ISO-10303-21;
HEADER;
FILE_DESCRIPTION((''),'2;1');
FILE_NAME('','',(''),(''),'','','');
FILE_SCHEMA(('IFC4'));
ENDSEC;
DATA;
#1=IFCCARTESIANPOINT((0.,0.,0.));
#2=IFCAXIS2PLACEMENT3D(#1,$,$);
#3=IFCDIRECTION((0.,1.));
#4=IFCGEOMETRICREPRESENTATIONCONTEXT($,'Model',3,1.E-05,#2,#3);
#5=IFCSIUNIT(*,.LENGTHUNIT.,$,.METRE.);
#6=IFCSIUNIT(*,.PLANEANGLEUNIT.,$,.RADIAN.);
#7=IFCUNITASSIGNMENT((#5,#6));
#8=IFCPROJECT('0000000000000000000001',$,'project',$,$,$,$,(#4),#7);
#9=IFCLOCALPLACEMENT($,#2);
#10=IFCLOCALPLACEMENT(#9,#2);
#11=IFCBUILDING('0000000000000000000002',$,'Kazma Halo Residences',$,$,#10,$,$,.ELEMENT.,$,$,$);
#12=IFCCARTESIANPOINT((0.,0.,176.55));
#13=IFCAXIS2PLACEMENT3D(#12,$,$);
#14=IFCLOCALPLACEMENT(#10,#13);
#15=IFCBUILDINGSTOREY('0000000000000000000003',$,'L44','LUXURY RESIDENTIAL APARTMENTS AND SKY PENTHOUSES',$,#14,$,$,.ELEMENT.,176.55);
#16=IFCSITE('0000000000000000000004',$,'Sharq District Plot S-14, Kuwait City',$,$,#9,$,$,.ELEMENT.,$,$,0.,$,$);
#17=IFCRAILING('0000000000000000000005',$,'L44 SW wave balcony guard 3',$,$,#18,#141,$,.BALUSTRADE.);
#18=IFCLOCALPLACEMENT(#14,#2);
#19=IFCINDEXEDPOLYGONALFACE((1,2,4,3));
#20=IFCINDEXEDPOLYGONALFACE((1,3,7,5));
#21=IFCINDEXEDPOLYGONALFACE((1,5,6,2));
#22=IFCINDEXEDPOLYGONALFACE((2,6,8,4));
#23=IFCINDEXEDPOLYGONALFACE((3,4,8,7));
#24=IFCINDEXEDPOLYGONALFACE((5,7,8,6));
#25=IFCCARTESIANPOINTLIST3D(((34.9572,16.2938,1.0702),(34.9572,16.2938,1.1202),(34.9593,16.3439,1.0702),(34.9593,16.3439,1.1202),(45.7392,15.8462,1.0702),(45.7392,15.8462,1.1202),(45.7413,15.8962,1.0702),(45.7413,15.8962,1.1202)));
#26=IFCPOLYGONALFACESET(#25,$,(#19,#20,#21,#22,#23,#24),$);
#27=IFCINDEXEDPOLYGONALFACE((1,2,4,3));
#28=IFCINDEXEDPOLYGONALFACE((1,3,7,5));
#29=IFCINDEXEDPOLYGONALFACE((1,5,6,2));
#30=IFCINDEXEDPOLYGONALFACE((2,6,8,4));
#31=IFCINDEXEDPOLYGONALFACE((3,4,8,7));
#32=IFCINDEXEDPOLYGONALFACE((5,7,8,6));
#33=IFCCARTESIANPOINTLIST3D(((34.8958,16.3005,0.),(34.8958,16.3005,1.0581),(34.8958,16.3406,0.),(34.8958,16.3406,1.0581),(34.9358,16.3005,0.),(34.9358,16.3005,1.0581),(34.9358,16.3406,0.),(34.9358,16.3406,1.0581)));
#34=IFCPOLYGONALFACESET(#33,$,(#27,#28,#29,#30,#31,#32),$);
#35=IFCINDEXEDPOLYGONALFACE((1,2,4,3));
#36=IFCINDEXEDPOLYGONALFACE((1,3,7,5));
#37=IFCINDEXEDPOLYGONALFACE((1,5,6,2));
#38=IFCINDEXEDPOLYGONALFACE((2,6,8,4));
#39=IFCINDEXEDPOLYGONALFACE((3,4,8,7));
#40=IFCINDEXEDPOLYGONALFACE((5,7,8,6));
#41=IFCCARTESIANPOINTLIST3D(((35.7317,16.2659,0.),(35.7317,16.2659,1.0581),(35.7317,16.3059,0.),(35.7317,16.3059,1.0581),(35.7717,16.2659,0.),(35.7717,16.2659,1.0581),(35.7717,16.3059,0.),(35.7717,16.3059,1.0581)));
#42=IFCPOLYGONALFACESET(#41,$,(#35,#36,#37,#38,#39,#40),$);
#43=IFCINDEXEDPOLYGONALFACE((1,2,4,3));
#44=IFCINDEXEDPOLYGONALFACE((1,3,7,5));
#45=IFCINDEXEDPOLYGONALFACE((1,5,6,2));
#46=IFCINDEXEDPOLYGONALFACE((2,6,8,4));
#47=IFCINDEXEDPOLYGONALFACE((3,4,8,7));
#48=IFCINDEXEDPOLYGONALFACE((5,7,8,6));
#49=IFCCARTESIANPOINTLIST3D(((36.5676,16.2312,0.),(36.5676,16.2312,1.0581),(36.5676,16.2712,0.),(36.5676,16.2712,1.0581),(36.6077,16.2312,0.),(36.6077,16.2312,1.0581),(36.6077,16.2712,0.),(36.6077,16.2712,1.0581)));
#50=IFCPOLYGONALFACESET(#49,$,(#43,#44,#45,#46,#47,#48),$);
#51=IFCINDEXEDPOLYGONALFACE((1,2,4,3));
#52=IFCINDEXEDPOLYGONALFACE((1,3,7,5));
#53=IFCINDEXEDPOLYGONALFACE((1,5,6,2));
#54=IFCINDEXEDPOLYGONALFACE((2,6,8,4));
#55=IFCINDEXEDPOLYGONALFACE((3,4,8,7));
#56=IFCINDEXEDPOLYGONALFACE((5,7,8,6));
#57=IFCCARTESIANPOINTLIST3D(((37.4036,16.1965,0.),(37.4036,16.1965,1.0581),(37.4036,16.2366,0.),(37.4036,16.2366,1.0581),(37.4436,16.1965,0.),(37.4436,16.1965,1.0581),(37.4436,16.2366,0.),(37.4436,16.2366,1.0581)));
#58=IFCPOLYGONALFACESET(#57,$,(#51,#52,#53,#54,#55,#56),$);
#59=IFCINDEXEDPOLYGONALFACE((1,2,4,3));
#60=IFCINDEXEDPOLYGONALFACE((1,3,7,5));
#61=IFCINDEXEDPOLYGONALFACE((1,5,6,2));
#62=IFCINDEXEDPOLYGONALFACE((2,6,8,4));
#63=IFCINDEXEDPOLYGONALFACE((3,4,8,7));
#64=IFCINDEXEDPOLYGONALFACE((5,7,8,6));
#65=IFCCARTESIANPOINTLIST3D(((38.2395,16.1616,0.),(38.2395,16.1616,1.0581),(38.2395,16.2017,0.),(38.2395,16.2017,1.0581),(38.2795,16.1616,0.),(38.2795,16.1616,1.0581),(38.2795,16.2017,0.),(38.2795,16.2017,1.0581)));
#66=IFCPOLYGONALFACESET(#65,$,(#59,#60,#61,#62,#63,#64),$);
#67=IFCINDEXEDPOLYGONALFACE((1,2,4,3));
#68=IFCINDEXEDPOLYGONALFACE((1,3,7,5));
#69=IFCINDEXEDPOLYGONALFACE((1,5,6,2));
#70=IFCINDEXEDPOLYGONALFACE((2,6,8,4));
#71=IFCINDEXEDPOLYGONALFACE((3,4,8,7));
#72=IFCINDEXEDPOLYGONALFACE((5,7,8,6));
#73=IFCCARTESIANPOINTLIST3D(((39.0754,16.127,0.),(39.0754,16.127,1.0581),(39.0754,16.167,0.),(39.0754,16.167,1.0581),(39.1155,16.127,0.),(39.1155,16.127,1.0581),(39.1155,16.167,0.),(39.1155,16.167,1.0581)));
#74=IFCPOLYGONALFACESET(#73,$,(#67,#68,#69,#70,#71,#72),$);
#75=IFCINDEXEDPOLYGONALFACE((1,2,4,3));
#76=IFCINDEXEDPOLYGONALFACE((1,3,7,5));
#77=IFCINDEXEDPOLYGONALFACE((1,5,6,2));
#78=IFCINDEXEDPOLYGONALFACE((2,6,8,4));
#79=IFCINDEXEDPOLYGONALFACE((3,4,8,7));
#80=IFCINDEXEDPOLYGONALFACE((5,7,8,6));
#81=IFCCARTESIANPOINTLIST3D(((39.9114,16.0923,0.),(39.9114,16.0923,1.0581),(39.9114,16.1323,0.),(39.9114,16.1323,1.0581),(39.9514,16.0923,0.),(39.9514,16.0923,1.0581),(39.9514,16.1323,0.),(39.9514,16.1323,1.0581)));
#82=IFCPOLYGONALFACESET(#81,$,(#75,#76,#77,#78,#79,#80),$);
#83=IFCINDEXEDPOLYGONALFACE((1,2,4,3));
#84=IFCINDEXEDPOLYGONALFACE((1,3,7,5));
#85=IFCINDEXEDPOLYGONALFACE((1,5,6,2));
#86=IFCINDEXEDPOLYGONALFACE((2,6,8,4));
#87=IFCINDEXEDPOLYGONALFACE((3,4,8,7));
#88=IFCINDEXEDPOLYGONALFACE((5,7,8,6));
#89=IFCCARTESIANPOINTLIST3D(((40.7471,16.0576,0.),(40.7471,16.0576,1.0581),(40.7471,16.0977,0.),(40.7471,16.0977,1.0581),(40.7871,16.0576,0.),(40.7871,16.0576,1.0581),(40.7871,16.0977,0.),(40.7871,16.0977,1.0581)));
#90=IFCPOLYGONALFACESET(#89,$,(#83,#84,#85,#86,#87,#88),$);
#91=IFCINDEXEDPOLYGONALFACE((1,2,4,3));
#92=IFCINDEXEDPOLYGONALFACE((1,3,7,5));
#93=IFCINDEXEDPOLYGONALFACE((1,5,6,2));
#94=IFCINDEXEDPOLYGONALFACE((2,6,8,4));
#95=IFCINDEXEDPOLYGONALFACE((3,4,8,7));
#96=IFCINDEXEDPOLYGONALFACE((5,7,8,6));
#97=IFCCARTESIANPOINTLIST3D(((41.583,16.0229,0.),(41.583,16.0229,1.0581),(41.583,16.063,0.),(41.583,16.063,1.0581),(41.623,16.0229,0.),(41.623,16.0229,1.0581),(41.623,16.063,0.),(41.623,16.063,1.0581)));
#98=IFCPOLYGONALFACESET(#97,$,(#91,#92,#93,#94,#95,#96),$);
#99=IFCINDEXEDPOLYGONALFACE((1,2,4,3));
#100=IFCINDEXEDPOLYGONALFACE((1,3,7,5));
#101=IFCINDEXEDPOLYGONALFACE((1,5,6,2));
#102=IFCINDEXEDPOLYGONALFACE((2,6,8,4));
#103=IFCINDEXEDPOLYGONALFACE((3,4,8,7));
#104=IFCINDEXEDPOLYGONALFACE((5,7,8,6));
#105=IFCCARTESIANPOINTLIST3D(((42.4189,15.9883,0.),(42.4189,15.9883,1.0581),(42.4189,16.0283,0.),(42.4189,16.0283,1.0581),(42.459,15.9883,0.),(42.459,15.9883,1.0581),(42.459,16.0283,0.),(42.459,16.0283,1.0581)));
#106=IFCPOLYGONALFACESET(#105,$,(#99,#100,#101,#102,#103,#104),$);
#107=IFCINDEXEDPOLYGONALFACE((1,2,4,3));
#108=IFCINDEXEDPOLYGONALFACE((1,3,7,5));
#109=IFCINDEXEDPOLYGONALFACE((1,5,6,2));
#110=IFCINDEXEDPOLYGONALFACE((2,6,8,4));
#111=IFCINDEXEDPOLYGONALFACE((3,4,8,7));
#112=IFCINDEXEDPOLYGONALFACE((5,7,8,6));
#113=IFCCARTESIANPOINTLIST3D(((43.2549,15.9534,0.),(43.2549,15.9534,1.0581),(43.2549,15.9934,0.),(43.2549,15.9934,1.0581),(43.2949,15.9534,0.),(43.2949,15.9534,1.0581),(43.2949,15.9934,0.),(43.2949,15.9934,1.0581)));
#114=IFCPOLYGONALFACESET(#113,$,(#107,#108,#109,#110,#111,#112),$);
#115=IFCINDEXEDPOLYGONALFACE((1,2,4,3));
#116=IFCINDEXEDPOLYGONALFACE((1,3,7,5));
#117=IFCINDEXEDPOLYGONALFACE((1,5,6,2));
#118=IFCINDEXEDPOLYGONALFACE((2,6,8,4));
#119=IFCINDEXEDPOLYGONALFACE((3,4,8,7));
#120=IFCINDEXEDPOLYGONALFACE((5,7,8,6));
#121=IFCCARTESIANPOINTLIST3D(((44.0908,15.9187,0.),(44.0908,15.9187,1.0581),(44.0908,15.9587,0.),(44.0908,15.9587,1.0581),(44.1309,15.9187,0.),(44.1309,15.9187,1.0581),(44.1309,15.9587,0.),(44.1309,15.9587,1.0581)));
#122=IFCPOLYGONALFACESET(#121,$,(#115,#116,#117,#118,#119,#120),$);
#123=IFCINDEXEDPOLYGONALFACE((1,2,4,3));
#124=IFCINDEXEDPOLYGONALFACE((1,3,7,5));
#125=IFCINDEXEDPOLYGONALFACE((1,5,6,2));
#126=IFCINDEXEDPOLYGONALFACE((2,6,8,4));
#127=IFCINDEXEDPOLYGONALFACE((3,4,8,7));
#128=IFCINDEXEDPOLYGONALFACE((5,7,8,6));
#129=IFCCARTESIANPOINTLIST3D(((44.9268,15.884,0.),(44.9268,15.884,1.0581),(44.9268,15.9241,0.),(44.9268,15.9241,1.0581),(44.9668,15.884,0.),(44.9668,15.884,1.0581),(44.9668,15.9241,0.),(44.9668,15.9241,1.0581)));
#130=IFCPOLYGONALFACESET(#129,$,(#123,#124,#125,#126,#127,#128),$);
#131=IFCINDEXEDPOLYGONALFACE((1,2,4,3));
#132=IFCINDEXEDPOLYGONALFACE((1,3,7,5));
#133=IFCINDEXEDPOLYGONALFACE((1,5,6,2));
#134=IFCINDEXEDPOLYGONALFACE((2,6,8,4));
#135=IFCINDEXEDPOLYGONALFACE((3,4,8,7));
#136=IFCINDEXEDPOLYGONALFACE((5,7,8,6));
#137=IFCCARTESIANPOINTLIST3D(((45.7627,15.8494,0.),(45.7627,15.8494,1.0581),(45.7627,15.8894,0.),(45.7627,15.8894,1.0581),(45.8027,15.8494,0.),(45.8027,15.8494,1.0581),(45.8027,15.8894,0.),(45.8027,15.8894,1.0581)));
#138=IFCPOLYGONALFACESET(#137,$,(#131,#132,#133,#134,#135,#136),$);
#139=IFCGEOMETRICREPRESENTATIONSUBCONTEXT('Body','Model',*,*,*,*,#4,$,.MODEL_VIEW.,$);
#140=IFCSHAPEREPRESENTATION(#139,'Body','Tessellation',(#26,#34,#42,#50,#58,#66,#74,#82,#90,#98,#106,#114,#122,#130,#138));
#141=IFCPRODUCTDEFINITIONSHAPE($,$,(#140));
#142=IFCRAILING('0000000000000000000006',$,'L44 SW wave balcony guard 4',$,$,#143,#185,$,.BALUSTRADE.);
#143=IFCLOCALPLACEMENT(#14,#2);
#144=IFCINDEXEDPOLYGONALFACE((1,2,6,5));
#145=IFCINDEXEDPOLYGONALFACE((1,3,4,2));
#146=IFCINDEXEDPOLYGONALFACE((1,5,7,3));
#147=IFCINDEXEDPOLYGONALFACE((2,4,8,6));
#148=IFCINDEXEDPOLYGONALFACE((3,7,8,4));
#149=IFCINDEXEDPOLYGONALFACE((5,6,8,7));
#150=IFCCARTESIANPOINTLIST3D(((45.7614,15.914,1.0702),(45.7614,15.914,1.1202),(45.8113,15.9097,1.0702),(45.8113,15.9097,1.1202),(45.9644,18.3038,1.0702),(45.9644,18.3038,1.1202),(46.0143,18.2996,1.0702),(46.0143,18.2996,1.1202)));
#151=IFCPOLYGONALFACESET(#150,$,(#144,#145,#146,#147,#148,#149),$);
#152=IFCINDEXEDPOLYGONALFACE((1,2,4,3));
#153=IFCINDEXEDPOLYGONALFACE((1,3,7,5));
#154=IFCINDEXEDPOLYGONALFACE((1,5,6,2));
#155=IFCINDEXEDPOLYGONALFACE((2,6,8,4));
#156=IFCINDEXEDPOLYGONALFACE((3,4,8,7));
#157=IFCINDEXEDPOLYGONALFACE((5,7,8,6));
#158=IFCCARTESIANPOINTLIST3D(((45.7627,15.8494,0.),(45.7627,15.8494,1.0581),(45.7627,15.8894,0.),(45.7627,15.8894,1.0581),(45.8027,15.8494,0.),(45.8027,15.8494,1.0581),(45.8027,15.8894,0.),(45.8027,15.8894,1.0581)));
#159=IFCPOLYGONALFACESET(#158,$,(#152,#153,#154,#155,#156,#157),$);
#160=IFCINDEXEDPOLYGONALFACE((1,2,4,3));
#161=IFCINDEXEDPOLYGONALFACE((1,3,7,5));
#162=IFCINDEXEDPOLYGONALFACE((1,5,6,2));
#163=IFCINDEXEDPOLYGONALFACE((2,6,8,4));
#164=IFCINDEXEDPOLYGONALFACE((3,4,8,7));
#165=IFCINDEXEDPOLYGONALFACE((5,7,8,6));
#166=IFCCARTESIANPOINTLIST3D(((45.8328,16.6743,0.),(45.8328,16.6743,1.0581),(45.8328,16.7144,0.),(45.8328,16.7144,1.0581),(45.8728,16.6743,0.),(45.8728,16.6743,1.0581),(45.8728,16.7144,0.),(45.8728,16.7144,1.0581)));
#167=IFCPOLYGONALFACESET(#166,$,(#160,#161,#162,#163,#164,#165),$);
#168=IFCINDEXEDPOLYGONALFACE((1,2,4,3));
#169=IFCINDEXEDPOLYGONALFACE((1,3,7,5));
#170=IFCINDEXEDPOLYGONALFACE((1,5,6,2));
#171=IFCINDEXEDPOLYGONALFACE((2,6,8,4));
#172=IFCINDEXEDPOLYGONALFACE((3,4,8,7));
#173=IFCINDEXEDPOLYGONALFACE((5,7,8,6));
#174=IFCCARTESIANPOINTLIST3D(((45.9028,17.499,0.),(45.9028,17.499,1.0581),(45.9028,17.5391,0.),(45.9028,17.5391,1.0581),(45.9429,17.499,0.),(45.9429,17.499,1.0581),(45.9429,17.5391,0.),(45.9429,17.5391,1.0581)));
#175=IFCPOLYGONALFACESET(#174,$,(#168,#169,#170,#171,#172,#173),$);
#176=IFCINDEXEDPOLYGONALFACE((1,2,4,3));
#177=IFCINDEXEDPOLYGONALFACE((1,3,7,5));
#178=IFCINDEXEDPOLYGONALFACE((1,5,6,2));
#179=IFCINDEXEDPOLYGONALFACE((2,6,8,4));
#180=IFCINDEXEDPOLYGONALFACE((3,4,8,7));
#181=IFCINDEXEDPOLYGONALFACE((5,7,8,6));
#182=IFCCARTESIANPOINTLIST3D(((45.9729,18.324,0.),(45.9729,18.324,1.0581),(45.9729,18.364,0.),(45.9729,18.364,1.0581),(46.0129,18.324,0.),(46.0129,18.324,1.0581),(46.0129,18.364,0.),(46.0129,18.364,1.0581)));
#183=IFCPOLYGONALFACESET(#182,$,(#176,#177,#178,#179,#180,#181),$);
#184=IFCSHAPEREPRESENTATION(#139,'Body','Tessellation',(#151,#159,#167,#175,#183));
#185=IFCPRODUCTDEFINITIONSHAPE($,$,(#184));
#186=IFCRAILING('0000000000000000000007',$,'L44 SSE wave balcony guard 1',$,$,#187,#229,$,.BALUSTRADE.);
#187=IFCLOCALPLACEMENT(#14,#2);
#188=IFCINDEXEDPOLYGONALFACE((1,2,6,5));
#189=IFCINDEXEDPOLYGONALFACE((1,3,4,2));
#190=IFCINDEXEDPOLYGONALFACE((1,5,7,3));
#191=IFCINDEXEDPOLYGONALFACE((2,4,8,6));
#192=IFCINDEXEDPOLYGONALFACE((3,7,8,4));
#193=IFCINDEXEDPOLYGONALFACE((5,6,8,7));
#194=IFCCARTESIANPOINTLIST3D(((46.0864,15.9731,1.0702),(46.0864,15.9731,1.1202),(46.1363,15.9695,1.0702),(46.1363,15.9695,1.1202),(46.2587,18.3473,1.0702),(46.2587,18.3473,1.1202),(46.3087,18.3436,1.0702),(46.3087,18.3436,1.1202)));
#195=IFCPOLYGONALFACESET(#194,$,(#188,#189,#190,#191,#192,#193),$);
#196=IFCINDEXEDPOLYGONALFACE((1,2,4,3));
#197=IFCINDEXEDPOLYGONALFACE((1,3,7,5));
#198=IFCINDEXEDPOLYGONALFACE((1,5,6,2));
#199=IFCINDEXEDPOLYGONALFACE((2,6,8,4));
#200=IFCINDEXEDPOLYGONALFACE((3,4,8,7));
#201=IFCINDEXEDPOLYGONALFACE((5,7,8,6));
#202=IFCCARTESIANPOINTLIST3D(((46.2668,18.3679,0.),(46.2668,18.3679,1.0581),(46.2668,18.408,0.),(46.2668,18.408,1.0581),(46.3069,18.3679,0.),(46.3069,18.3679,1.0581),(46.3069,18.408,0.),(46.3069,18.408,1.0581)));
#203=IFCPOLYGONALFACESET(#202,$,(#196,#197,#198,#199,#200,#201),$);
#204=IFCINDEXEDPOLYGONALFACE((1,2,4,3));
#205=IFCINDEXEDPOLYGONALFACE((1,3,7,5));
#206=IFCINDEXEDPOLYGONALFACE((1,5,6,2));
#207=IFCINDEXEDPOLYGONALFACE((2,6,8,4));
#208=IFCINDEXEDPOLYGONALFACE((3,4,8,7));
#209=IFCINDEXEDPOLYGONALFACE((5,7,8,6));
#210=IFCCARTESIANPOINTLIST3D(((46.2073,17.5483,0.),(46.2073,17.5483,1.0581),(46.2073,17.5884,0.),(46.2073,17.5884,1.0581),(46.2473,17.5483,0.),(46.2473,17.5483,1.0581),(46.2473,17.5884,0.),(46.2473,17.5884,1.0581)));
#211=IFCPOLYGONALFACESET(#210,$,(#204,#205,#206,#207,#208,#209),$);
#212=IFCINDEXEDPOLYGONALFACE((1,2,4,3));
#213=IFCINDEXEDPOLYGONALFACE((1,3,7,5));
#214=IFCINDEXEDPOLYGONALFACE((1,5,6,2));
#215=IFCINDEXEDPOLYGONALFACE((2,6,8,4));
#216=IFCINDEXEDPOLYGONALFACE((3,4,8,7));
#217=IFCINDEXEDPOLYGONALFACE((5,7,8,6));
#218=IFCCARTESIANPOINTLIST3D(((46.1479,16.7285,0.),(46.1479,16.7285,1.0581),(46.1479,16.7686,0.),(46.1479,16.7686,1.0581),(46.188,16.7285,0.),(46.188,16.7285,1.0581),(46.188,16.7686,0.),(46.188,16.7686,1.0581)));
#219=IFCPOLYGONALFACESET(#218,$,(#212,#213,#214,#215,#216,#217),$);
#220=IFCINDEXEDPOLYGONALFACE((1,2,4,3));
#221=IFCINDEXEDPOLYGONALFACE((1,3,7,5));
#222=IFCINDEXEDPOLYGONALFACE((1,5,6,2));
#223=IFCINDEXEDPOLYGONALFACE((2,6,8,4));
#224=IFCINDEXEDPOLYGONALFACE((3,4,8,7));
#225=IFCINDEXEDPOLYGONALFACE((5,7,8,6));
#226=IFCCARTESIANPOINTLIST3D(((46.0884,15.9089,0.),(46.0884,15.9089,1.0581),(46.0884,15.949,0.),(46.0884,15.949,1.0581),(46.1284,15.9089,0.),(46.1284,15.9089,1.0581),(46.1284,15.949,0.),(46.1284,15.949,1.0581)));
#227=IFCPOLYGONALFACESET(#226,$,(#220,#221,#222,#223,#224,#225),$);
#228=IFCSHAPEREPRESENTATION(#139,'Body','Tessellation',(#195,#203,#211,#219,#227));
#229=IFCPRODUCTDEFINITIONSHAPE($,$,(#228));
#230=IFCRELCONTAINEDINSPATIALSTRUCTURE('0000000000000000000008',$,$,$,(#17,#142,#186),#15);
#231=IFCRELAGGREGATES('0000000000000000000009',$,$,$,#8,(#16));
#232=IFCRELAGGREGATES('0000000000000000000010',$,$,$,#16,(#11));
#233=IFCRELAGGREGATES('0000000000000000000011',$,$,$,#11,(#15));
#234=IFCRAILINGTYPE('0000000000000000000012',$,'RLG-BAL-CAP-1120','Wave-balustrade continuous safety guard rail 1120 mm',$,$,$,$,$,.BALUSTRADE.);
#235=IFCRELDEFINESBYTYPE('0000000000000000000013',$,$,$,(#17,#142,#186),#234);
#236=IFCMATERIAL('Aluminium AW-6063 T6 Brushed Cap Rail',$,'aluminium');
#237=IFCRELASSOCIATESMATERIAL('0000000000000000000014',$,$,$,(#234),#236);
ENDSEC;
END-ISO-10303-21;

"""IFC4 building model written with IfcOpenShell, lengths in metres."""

from ifc_helpers import new_model, si_unit, direction, frame, origin, origin_2d, place, context, subcontext, project, spatial, rectangle, extrude, material, type_object, element, save


model = new_model("IFC4")

# Units and contexts
model_context = context("Model", 3, precision=1e-05, world=origin(), true_north=direction((0.0, 1.0)))
body_context = subcontext(model_context, "Body", "Model", "MODEL_VIEW")
ifc_project = project(units=[si_unit("LENGTHUNIT", "METRE"), si_unit("PLANEANGLEUNIT", "RADIAN")], contexts=[model_context])

# Site, building, storey
site_placement = place(None, origin())
site = spatial("IfcSite", under=ifc_project, at=site_placement, Name="Sharq District Plot S-14, Kuwait City", CompositionType="ELEMENT", RefElevation=0.0)
building_placement = place(site_placement, origin())
building = spatial("IfcBuilding", under=site, at=building_placement, Name="Kazma Halo Residences", CompositionType="ELEMENT")
storey_placement = place(building_placement, frame((0.0, 0.0, 176.55)))
storey = spatial("IfcBuildingStorey", under=building, at=storey_placement, Name="L44", Description="LUXURY RESIDENTIAL APARTMENTS AND SKY PENTHOUSES", CompositionType="ELEMENT", Elevation=176.55)

# Railings
ifc_material_1 = material(Name="Aluminium AW-6063 T6 Brushed Cap Rail", Category="aluminium")
railing_type = type_object("IfcRailingType", Name="RLG-BAL-CAP-1120", Description="Wave-balustrade continuous safety guard rail 1120 mm", PredefinedType="BALUSTRADE", material=ifc_material_1)
railing_1_placement = place(storey_placement, frame((34.9158, 16.3206, 0.0)))
element("IfcRailing", 1, at=railing_1_placement, inside=storey, type_object=railing_type, Name="L44 SW wave balcony guard 3", PredefinedType="BALUSTRADE", context=body_context, shape_type="SweptSolid", body=[
    extrude(rectangle(XDim=0.05, YDim=0.05, at=origin_2d()), frame((0.0425, -0.0017, 1.0952), z_axis=(0.999139, -0.041482, 0.0), x_axis=(0.041482, 0.999139, 0.0)), (0.0, 0.0, 1.0), 10.7913),
    extrude(rectangle(XDim=0.04, YDim=0.04, at=origin_2d()), origin(), (0.0, 0.0, 1.0), 1.0581),
    extrude(rectangle(XDim=0.04, YDim=0.04, at=origin_2d()), frame((0.8359, -0.0347, 0.0)), (0.0, 0.0, 1.0), 1.0581),
    extrude(rectangle(XDim=0.04, YDim=0.04, at=origin_2d()), frame((1.6719, -0.0693, 0.0)), (0.0, 0.0, 1.0), 1.0581),
    extrude(rectangle(XDim=0.04, YDim=0.04, at=origin_2d()), frame((2.5078, -0.104, 0.0)), (0.0, 0.0, 1.0), 1.0581),
    extrude(rectangle(XDim=0.04, YDim=0.04, at=origin_2d()), frame((3.3438, -0.1389, 0.0)), (0.0, 0.0, 1.0), 1.0581),
    extrude(rectangle(XDim=0.04, YDim=0.04, at=origin_2d()), frame((4.1797, -0.1736, 0.0)), (0.0, 0.0, 1.0), 1.0581),
    extrude(rectangle(XDim=0.04, YDim=0.04, at=origin_2d()), frame((5.0156, -0.2083, 0.0)), (0.0, 0.0, 1.0), 1.0581),
    extrude(rectangle(XDim=0.04, YDim=0.04, at=origin_2d()), frame((5.8513, -0.2429, 0.0)), (0.0, 0.0, 1.0), 1.0581),
    extrude(rectangle(XDim=0.04, YDim=0.04, at=origin_2d()), frame((6.6873, -0.2776, 0.0)), (0.0, 0.0, 1.0), 1.0581),
    extrude(rectangle(XDim=0.04, YDim=0.04, at=origin_2d()), frame((7.5232, -0.3123, 0.0)), (0.0, 0.0, 1.0), 1.0581),
    extrude(rectangle(XDim=0.04, YDim=0.04, at=origin_2d()), frame((8.3591, -0.3472, 0.0)), (0.0, 0.0, 1.0), 1.0581),
    extrude(rectangle(XDim=0.04, YDim=0.04, at=origin_2d()), frame((9.1951, -0.3818, 0.0)), (0.0, 0.0, 1.0), 1.0581),
    extrude(rectangle(XDim=0.04, YDim=0.04, at=origin_2d()), frame((10.031, -0.4165, 0.0)), (0.0, 0.0, 1.0), 1.0581),
    extrude(rectangle(XDim=0.04, YDim=0.04, at=origin_2d()), frame((10.8669, -0.4512, 0.0)), (0.0, 0.0, 1.0), 1.0581),
])
railing_2_placement = place(storey_placement, frame((45.7827, 15.8694, 0.0)))
element("IfcRailing", 2, at=railing_2_placement, inside=storey, type_object=railing_type, Name="L44 SW wave balcony guard 4", PredefinedType="BALUSTRADE", context=body_context, shape_type="SweptSolid", body=[
    extrude(rectangle(XDim=0.05, YDim=0.05, at=origin_2d()), frame((0.0037, 0.0425, 1.0952), z_axis=(0.08464, 0.996412, 0.0), x_axis=(-0.996412, 0.08464, 0.0)), (0.0, 0.0, 1.0), 2.3984),
    extrude(rectangle(XDim=0.04, YDim=0.04, at=origin_2d()), origin(), (0.0, 0.0, 1.0), 1.0581),
    extrude(rectangle(XDim=0.04, YDim=0.04, at=origin_2d()), frame((0.0701, 0.825, 0.0)), (0.0, 0.0, 1.0), 1.0581),
    extrude(rectangle(XDim=0.04, YDim=0.04, at=origin_2d()), frame((0.1401, 1.6497, 0.0)), (0.0, 0.0, 1.0), 1.0581),
    extrude(rectangle(XDim=0.04, YDim=0.04, at=origin_2d()), frame((0.2102, 2.4746, 0.0)), (0.0, 0.0, 1.0), 1.0581),
])
railing_3_placement = place(storey_placement, frame((46.2869, 18.3879, 0.0)))
element("IfcRailing", 3, at=railing_3_placement, inside=storey, type_object=railing_type, Name="L44 SSE wave balcony guard 1", PredefinedType="BALUSTRADE", context=body_context, shape_type="SweptSolid", body=[
    extrude(rectangle(XDim=0.05, YDim=0.05, at=origin_2d()), frame((-0.0032, -0.0425, 1.0952), z_axis=(-0.072387, -0.997377, 0.0), x_axis=(0.997377, -0.072387, 0.0)), (0.0, 0.0, 1.0), 2.3804),
    extrude(rectangle(XDim=0.04, YDim=0.04, at=origin_2d()), origin(), (0.0, 0.0, 1.0), 1.0581),
    extrude(rectangle(XDim=0.04, YDim=0.04, at=origin_2d()), frame((-0.0596, -0.8196, 0.0)), (0.0, 0.0, 1.0), 1.0581),
    extrude(rectangle(XDim=0.04, YDim=0.04, at=origin_2d()), frame((-0.1189, -1.6394, 0.0)), (0.0, 0.0, 1.0), 1.0581),
    extrude(rectangle(XDim=0.04, YDim=0.04, at=origin_2d()), frame((-0.1785, -2.459, 0.0)), (0.0, 0.0, 1.0), 1.0581),
])

save(model, "model.ifc")
